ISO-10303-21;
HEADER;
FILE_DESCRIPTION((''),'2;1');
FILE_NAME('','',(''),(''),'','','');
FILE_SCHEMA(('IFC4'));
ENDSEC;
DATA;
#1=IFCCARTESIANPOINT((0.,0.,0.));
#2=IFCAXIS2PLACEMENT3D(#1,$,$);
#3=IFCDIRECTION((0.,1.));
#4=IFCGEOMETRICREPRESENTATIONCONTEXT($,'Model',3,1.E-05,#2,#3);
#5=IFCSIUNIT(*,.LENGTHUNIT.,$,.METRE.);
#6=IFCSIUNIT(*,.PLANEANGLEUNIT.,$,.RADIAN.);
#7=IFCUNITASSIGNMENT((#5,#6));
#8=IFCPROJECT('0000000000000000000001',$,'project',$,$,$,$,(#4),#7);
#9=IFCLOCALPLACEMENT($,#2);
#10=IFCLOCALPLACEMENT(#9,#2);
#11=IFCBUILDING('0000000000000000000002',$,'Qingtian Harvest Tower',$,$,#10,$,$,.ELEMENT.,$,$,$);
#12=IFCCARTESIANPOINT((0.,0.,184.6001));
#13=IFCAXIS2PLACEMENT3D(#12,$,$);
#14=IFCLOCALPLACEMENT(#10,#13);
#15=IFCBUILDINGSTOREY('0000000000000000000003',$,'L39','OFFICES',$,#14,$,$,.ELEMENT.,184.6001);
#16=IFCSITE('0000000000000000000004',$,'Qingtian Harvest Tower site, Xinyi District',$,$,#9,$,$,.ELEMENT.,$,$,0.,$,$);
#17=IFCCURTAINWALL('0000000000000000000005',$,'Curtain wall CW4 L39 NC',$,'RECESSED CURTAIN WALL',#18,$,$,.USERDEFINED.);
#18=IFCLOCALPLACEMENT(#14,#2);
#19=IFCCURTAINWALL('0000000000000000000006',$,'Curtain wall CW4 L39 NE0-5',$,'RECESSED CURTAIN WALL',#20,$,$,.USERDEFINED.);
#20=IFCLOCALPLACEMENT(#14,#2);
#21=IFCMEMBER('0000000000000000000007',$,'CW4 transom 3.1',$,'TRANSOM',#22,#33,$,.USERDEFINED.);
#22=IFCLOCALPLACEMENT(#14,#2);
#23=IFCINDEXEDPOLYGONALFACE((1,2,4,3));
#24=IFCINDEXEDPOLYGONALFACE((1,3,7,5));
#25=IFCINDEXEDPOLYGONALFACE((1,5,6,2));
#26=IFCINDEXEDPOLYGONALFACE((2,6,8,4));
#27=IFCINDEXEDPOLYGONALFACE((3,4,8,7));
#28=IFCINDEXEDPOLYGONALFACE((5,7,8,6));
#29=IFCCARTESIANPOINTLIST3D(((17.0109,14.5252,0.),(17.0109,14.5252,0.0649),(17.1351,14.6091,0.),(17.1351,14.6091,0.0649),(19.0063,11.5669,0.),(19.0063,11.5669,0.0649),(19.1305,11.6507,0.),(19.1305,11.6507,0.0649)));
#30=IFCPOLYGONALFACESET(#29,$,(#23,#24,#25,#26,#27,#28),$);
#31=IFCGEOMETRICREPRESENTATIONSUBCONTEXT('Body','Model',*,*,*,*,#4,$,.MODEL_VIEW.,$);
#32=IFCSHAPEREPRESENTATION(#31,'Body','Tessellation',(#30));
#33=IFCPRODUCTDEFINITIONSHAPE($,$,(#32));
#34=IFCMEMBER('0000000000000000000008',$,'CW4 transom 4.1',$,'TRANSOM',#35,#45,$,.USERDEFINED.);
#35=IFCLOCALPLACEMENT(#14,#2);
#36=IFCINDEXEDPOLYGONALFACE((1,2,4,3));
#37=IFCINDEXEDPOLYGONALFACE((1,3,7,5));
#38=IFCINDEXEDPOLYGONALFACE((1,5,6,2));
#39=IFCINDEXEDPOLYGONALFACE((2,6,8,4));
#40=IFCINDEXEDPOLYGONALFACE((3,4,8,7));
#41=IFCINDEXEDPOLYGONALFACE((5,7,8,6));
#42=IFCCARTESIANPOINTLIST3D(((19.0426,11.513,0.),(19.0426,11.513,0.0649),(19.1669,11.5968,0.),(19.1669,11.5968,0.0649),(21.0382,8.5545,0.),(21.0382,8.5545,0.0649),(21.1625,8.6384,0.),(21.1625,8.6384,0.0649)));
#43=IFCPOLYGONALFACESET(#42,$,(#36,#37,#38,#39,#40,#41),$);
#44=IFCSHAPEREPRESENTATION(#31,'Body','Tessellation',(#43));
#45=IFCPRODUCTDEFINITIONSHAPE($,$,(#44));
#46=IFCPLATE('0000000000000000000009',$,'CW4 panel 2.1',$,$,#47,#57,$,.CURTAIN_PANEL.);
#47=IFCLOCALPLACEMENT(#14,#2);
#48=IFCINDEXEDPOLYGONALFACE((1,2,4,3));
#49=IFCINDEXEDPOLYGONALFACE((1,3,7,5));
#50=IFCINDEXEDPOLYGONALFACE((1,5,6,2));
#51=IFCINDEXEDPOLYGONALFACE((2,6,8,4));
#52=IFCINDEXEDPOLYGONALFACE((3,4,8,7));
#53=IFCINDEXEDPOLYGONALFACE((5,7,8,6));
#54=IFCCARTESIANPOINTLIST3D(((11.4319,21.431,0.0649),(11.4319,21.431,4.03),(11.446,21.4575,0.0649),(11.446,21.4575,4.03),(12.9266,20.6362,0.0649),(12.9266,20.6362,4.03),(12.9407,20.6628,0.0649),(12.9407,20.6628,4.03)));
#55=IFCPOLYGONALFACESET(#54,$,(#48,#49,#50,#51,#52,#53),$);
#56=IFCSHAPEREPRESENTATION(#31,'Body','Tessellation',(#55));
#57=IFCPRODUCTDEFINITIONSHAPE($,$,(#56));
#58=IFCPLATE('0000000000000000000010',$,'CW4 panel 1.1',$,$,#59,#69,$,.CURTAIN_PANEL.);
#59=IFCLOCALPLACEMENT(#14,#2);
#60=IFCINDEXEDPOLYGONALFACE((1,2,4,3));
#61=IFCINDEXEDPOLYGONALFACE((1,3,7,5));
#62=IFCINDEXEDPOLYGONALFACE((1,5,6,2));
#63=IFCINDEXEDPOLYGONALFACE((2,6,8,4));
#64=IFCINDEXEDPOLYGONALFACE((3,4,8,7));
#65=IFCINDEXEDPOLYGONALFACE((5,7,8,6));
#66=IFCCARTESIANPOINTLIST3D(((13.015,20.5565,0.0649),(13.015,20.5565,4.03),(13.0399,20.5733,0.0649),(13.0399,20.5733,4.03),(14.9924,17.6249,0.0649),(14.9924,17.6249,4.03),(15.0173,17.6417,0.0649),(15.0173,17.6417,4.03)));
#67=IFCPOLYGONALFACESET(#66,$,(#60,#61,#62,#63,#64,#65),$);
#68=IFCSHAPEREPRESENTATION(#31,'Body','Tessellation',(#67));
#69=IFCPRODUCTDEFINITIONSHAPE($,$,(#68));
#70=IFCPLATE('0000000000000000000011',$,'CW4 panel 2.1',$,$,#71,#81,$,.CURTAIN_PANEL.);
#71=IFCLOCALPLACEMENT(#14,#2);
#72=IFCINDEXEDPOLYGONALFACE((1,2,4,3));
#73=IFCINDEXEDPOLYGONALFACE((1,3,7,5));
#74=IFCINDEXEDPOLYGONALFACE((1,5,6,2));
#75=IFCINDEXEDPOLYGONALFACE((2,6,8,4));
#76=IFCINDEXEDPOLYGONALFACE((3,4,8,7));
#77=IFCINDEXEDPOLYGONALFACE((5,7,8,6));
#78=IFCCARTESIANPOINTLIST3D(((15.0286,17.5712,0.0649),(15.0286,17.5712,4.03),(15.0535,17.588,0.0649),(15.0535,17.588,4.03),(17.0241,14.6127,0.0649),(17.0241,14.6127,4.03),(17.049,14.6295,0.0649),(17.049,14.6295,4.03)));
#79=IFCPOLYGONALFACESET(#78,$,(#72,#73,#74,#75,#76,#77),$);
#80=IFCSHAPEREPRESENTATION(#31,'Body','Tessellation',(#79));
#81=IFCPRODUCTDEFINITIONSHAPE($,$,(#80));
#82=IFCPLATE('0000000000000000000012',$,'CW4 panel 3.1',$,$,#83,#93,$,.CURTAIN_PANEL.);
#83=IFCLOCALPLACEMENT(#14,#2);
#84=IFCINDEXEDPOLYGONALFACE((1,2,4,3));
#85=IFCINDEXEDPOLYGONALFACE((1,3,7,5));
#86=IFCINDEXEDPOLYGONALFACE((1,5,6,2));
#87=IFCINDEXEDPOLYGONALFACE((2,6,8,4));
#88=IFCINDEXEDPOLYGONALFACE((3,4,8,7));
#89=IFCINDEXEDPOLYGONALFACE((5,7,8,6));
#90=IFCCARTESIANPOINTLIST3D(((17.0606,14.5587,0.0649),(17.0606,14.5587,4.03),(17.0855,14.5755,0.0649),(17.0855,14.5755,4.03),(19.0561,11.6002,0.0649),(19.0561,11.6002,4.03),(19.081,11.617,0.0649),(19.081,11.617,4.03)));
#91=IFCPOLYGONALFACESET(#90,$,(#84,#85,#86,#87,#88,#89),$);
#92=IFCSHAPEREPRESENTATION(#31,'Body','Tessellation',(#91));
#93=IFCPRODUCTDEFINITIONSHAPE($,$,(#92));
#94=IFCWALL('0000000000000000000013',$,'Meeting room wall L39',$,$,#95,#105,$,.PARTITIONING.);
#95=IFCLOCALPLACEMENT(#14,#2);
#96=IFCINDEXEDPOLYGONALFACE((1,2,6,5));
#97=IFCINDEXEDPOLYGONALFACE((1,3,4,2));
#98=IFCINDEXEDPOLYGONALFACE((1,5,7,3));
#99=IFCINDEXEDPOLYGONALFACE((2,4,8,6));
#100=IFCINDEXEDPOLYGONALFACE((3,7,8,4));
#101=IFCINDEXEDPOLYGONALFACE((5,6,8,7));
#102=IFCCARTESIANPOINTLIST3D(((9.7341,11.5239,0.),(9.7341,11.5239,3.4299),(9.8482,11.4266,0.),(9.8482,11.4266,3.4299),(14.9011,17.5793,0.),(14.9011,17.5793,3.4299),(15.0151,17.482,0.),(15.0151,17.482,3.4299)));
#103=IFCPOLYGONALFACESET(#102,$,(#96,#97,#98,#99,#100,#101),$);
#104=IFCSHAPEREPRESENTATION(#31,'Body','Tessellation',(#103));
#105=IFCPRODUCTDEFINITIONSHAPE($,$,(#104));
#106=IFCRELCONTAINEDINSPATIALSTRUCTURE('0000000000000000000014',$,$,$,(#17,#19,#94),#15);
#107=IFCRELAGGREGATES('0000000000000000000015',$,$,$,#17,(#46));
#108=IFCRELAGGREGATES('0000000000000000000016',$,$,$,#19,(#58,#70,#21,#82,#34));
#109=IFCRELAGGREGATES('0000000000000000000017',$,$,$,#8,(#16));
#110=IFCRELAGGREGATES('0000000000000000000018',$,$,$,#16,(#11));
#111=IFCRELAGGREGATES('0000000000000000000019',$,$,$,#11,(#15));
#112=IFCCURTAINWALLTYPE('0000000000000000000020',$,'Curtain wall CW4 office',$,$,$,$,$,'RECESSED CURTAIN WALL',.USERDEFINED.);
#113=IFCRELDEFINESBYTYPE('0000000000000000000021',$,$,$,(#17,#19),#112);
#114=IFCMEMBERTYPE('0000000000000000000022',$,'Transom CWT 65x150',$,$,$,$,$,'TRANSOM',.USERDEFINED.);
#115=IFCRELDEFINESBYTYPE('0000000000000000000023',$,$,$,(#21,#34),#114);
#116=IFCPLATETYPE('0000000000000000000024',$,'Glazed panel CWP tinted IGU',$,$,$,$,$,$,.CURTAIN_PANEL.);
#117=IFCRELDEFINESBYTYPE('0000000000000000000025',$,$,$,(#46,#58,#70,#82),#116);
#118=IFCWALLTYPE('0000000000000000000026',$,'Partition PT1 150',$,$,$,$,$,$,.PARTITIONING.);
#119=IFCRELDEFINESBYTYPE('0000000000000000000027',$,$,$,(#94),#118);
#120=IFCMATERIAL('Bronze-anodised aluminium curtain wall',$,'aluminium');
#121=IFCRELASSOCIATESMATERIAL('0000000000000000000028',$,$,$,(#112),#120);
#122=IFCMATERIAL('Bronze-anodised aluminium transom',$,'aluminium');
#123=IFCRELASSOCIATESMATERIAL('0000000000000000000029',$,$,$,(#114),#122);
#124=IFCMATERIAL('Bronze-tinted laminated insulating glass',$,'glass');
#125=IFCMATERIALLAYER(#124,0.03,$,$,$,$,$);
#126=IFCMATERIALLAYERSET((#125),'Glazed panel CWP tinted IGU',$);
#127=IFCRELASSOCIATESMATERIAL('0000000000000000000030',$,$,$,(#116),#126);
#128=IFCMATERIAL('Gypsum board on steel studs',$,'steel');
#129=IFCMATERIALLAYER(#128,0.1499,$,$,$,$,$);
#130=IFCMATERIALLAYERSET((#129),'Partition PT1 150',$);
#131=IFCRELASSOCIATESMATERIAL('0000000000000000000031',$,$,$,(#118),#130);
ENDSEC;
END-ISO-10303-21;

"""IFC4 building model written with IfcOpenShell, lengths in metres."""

from ifc_helpers import new_model, si_unit, direction, frame, frame_2d, origin, origin_2d, place, context, subcontext, project, spatial, rectangle, extrude, material, layer, layer_set, material_profile, profile_set, type_object, element, aggregate, save


model = new_model("IFC4")

# Units and contexts
model_context = context("Model", 3, precision=1e-05, world=origin(), true_north=direction((0.0, 1.0)))
body_context = subcontext(model_context, "Body", "Model", "MODEL_VIEW")
ifc_project = project(units=[si_unit("LENGTHUNIT", "METRE"), si_unit("PLANEANGLEUNIT", "RADIAN")], contexts=[model_context])

# Site, building, storey
site_placement = place(None, origin())
site = spatial("IfcSite", under=ifc_project, at=site_placement, Name="Qingtian Harvest Tower site, Xinyi District", CompositionType="ELEMENT", RefElevation=0.0)
building_placement = place(site_placement, origin())
building = spatial("IfcBuilding", under=site, at=building_placement, Name="Qingtian Harvest Tower", CompositionType="ELEMENT")
storey_placement = place(building_placement, frame((0.0, 0.0, 184.6001)))
storey = spatial("IfcBuildingStorey", under=building, at=storey_placement, Name="L39", Description="OFFICES", CompositionType="ELEMENT", Elevation=184.6001)

# Curtain wall
ifc_material_1 = material(Name="Bronze-anodised aluminium curtain wall", Category="aluminium")
curtain_wall_type = type_object("IfcCurtainWallType", Name="Curtain wall CW4 office", ElementType="RECESSED CURTAIN WALL", PredefinedType="USERDEFINED", material=ifc_material_1)
curtain_wall_1_placement = place(storey_placement, origin())
curtain_wall_1 = element("IfcCurtainWall", 1, at=curtain_wall_1_placement, inside=storey, type_object=curtain_wall_type, Name="Curtain wall CW4 L39 NC", ObjectType="RECESSED CURTAIN WALL", PredefinedType="USERDEFINED")

# Curtain wall
curtain_wall_2_placement = place(storey_placement, origin())
curtain_wall_2 = element("IfcCurtainWall", 2, at=curtain_wall_2_placement, inside=storey, type_object=curtain_wall_type, Name="Curtain wall CW4 L39 NE0-5", ObjectType="RECESSED CURTAIN WALL", PredefinedType="USERDEFINED")

# Members
ifc_material_2 = material(Name="Bronze-anodised aluminium transom", Category="aluminium")
ifc_material_profile_1 = material_profile(ifc_material_2, rectangle(XDim=0.1499, YDim=0.0649, at=origin_2d()), Name="AL 65x150")
ifc_profile_set_1 = profile_set([ifc_material_profile_1], Name="Bronze-anodised aluminium transom")
member_type_1 = type_object("IfcMemberType", Name="Transom CWT 65x150", ElementType="TRANSOM", PredefinedType="USERDEFINED", material=ifc_profile_set_1)
member_1_placement = place(storey_placement, frame((17.073, 14.5671, 0.0325), z_axis=(0.559192, -0.829038, 0.0), x_axis=(0.829038, 0.559192, 0.0)))
member_1 = element("IfcMember", 3, at=member_1_placement, type_object=member_type_1, Name="CW4 transom 3.1", ObjectType="TRANSOM", PredefinedType="USERDEFINED", context=body_context, shape_type="SweptSolid", body=[
    extrude(rectangle(XDim=0.1499, YDim=0.0649, at=origin_2d()), origin(), (0.0, 0.0, 1.0), 3.5684),
])
member_2_placement = place(storey_placement, frame((19.1047, 11.5549, 0.0325), z_axis=(0.559207, -0.829028, 0.0), x_axis=(0.829028, 0.559207, 0.0)))
member_2 = element("IfcMember", 4, at=member_2_placement, type_object=member_type_1, Name="CW4 transom 4.1", ObjectType="TRANSOM", PredefinedType="USERDEFINED", context=body_context, shape_type="SweptSolid", body=[
    extrude(rectangle(XDim=0.1499, YDim=0.0649, at=origin_2d()), origin(), (0.0, 0.0, 1.0), 3.5686),
])

# Plates
ifc_material_3 = material(Name="Bronze-tinted laminated insulating glass", Category="glass")
ifc_layer_1 = layer(ifc_material_3, 0.03)
ifc_layer_set_1 = layer_set([ifc_layer_1], Name="Glazed panel CWP tinted IGU")
plate_type = type_object("IfcPlateType", Name="Glazed panel CWP tinted IGU", PredefinedType="CURTAIN_PANEL", material=ifc_layer_set_1)
plate_1_placement = place(storey_placement, frame((12.1863, 21.0469, 0.0649), z_axis=(0.0, 0.0, 1.0), x_axis=(0.882948, -0.469472, 0.0)))
plate_1 = element("IfcPlate", 5, at=plate_1_placement, type_object=plate_type, Name="CW4 panel 2.1", PredefinedType="CURTAIN_PANEL", context=body_context, shape_type="SweptSolid", body=[
    extrude(rectangle(XDim=1.6929, YDim=0.03, at=origin_2d()), origin(), (0.0, 0.0, 1.0), 3.9651),
])
aggregate(curtain_wall_1, [plate_1])
plate_2_placement = place(storey_placement, frame((14.0161, 19.0991, 0.0649), z_axis=(0.0, 0.0, 1.0), x_axis=(0.559193, -0.829038, 0.0)))
plate_2 = element("IfcPlate", 6, at=plate_2_placement, type_object=plate_type, Name="CW4 panel 1.1", PredefinedType="CURTAIN_PANEL", context=body_context, shape_type="SweptSolid", body=[
    extrude(rectangle(XDim=3.5361, YDim=0.03, at=origin_2d()), origin(), (0.0, 0.0, 1.0), 3.9651),
])
plate_3_placement = place(storey_placement, frame((16.0388, 16.1003, 0.0649), z_axis=(0.0, 0.0, 1.0), x_axis=(0.559193, -0.829038, 0.0)))
plate_3 = element("IfcPlate", 7, at=plate_3_placement, type_object=plate_type, Name="CW4 panel 2.1", PredefinedType="CURTAIN_PANEL", context=body_context, shape_type="SweptSolid", body=[
    extrude(rectangle(XDim=3.5686, YDim=0.03, at=origin_2d()), origin(), (0.0, 0.0, 1.0), 3.9651),
])
plate_4_placement = place(storey_placement, frame((18.0708, 13.0879, 0.0649), z_axis=(0.0, 0.0, 1.0), x_axis=(0.559193, -0.829038, 0.0)))
plate_4 = element("IfcPlate", 8, at=plate_4_placement, type_object=plate_type, Name="CW4 panel 3.1", PredefinedType="CURTAIN_PANEL", context=body_context, shape_type="SweptSolid", body=[
    extrude(rectangle(XDim=3.5686, YDim=0.03, at=origin_2d()), origin(), (0.0, 0.0, 1.0), 3.9651),
])
aggregate(curtain_wall_2, [plate_2, plate_3, member_1, plate_4, member_2])

# Wall
ifc_material_4 = material(Name="Gypsum board on steel studs", Category="steel")
ifc_layer_2 = layer(ifc_material_4, 0.1499)
ifc_layer_set_2 = layer_set([ifc_layer_2], Name="Partition PT1 150")
wall_type = type_object("IfcWallType", Name="Partition PT1 150", PredefinedType="PARTITIONING", material=ifc_layer_set_2)
wall_placement = place(storey_placement, frame((14.958, 17.5305, 0.0), z_axis=(0.0, 0.0, 1.0), x_axis=(-0.649098, -0.760705, 0.0)))
element("IfcWall", 9, at=wall_placement, inside=storey, type_object=wall_type, Name="Meeting room wall L39", PredefinedType="PARTITIONING", context=body_context, shape_type="SweptSolid", body=[
    extrude(rectangle(XDim=7.9602, YDim=0.1499, at=frame_2d((3.98, 0.0))), origin(), (0.0, 0.0, 1.0), 3.4299),
])

save(model, "model.ifc")
